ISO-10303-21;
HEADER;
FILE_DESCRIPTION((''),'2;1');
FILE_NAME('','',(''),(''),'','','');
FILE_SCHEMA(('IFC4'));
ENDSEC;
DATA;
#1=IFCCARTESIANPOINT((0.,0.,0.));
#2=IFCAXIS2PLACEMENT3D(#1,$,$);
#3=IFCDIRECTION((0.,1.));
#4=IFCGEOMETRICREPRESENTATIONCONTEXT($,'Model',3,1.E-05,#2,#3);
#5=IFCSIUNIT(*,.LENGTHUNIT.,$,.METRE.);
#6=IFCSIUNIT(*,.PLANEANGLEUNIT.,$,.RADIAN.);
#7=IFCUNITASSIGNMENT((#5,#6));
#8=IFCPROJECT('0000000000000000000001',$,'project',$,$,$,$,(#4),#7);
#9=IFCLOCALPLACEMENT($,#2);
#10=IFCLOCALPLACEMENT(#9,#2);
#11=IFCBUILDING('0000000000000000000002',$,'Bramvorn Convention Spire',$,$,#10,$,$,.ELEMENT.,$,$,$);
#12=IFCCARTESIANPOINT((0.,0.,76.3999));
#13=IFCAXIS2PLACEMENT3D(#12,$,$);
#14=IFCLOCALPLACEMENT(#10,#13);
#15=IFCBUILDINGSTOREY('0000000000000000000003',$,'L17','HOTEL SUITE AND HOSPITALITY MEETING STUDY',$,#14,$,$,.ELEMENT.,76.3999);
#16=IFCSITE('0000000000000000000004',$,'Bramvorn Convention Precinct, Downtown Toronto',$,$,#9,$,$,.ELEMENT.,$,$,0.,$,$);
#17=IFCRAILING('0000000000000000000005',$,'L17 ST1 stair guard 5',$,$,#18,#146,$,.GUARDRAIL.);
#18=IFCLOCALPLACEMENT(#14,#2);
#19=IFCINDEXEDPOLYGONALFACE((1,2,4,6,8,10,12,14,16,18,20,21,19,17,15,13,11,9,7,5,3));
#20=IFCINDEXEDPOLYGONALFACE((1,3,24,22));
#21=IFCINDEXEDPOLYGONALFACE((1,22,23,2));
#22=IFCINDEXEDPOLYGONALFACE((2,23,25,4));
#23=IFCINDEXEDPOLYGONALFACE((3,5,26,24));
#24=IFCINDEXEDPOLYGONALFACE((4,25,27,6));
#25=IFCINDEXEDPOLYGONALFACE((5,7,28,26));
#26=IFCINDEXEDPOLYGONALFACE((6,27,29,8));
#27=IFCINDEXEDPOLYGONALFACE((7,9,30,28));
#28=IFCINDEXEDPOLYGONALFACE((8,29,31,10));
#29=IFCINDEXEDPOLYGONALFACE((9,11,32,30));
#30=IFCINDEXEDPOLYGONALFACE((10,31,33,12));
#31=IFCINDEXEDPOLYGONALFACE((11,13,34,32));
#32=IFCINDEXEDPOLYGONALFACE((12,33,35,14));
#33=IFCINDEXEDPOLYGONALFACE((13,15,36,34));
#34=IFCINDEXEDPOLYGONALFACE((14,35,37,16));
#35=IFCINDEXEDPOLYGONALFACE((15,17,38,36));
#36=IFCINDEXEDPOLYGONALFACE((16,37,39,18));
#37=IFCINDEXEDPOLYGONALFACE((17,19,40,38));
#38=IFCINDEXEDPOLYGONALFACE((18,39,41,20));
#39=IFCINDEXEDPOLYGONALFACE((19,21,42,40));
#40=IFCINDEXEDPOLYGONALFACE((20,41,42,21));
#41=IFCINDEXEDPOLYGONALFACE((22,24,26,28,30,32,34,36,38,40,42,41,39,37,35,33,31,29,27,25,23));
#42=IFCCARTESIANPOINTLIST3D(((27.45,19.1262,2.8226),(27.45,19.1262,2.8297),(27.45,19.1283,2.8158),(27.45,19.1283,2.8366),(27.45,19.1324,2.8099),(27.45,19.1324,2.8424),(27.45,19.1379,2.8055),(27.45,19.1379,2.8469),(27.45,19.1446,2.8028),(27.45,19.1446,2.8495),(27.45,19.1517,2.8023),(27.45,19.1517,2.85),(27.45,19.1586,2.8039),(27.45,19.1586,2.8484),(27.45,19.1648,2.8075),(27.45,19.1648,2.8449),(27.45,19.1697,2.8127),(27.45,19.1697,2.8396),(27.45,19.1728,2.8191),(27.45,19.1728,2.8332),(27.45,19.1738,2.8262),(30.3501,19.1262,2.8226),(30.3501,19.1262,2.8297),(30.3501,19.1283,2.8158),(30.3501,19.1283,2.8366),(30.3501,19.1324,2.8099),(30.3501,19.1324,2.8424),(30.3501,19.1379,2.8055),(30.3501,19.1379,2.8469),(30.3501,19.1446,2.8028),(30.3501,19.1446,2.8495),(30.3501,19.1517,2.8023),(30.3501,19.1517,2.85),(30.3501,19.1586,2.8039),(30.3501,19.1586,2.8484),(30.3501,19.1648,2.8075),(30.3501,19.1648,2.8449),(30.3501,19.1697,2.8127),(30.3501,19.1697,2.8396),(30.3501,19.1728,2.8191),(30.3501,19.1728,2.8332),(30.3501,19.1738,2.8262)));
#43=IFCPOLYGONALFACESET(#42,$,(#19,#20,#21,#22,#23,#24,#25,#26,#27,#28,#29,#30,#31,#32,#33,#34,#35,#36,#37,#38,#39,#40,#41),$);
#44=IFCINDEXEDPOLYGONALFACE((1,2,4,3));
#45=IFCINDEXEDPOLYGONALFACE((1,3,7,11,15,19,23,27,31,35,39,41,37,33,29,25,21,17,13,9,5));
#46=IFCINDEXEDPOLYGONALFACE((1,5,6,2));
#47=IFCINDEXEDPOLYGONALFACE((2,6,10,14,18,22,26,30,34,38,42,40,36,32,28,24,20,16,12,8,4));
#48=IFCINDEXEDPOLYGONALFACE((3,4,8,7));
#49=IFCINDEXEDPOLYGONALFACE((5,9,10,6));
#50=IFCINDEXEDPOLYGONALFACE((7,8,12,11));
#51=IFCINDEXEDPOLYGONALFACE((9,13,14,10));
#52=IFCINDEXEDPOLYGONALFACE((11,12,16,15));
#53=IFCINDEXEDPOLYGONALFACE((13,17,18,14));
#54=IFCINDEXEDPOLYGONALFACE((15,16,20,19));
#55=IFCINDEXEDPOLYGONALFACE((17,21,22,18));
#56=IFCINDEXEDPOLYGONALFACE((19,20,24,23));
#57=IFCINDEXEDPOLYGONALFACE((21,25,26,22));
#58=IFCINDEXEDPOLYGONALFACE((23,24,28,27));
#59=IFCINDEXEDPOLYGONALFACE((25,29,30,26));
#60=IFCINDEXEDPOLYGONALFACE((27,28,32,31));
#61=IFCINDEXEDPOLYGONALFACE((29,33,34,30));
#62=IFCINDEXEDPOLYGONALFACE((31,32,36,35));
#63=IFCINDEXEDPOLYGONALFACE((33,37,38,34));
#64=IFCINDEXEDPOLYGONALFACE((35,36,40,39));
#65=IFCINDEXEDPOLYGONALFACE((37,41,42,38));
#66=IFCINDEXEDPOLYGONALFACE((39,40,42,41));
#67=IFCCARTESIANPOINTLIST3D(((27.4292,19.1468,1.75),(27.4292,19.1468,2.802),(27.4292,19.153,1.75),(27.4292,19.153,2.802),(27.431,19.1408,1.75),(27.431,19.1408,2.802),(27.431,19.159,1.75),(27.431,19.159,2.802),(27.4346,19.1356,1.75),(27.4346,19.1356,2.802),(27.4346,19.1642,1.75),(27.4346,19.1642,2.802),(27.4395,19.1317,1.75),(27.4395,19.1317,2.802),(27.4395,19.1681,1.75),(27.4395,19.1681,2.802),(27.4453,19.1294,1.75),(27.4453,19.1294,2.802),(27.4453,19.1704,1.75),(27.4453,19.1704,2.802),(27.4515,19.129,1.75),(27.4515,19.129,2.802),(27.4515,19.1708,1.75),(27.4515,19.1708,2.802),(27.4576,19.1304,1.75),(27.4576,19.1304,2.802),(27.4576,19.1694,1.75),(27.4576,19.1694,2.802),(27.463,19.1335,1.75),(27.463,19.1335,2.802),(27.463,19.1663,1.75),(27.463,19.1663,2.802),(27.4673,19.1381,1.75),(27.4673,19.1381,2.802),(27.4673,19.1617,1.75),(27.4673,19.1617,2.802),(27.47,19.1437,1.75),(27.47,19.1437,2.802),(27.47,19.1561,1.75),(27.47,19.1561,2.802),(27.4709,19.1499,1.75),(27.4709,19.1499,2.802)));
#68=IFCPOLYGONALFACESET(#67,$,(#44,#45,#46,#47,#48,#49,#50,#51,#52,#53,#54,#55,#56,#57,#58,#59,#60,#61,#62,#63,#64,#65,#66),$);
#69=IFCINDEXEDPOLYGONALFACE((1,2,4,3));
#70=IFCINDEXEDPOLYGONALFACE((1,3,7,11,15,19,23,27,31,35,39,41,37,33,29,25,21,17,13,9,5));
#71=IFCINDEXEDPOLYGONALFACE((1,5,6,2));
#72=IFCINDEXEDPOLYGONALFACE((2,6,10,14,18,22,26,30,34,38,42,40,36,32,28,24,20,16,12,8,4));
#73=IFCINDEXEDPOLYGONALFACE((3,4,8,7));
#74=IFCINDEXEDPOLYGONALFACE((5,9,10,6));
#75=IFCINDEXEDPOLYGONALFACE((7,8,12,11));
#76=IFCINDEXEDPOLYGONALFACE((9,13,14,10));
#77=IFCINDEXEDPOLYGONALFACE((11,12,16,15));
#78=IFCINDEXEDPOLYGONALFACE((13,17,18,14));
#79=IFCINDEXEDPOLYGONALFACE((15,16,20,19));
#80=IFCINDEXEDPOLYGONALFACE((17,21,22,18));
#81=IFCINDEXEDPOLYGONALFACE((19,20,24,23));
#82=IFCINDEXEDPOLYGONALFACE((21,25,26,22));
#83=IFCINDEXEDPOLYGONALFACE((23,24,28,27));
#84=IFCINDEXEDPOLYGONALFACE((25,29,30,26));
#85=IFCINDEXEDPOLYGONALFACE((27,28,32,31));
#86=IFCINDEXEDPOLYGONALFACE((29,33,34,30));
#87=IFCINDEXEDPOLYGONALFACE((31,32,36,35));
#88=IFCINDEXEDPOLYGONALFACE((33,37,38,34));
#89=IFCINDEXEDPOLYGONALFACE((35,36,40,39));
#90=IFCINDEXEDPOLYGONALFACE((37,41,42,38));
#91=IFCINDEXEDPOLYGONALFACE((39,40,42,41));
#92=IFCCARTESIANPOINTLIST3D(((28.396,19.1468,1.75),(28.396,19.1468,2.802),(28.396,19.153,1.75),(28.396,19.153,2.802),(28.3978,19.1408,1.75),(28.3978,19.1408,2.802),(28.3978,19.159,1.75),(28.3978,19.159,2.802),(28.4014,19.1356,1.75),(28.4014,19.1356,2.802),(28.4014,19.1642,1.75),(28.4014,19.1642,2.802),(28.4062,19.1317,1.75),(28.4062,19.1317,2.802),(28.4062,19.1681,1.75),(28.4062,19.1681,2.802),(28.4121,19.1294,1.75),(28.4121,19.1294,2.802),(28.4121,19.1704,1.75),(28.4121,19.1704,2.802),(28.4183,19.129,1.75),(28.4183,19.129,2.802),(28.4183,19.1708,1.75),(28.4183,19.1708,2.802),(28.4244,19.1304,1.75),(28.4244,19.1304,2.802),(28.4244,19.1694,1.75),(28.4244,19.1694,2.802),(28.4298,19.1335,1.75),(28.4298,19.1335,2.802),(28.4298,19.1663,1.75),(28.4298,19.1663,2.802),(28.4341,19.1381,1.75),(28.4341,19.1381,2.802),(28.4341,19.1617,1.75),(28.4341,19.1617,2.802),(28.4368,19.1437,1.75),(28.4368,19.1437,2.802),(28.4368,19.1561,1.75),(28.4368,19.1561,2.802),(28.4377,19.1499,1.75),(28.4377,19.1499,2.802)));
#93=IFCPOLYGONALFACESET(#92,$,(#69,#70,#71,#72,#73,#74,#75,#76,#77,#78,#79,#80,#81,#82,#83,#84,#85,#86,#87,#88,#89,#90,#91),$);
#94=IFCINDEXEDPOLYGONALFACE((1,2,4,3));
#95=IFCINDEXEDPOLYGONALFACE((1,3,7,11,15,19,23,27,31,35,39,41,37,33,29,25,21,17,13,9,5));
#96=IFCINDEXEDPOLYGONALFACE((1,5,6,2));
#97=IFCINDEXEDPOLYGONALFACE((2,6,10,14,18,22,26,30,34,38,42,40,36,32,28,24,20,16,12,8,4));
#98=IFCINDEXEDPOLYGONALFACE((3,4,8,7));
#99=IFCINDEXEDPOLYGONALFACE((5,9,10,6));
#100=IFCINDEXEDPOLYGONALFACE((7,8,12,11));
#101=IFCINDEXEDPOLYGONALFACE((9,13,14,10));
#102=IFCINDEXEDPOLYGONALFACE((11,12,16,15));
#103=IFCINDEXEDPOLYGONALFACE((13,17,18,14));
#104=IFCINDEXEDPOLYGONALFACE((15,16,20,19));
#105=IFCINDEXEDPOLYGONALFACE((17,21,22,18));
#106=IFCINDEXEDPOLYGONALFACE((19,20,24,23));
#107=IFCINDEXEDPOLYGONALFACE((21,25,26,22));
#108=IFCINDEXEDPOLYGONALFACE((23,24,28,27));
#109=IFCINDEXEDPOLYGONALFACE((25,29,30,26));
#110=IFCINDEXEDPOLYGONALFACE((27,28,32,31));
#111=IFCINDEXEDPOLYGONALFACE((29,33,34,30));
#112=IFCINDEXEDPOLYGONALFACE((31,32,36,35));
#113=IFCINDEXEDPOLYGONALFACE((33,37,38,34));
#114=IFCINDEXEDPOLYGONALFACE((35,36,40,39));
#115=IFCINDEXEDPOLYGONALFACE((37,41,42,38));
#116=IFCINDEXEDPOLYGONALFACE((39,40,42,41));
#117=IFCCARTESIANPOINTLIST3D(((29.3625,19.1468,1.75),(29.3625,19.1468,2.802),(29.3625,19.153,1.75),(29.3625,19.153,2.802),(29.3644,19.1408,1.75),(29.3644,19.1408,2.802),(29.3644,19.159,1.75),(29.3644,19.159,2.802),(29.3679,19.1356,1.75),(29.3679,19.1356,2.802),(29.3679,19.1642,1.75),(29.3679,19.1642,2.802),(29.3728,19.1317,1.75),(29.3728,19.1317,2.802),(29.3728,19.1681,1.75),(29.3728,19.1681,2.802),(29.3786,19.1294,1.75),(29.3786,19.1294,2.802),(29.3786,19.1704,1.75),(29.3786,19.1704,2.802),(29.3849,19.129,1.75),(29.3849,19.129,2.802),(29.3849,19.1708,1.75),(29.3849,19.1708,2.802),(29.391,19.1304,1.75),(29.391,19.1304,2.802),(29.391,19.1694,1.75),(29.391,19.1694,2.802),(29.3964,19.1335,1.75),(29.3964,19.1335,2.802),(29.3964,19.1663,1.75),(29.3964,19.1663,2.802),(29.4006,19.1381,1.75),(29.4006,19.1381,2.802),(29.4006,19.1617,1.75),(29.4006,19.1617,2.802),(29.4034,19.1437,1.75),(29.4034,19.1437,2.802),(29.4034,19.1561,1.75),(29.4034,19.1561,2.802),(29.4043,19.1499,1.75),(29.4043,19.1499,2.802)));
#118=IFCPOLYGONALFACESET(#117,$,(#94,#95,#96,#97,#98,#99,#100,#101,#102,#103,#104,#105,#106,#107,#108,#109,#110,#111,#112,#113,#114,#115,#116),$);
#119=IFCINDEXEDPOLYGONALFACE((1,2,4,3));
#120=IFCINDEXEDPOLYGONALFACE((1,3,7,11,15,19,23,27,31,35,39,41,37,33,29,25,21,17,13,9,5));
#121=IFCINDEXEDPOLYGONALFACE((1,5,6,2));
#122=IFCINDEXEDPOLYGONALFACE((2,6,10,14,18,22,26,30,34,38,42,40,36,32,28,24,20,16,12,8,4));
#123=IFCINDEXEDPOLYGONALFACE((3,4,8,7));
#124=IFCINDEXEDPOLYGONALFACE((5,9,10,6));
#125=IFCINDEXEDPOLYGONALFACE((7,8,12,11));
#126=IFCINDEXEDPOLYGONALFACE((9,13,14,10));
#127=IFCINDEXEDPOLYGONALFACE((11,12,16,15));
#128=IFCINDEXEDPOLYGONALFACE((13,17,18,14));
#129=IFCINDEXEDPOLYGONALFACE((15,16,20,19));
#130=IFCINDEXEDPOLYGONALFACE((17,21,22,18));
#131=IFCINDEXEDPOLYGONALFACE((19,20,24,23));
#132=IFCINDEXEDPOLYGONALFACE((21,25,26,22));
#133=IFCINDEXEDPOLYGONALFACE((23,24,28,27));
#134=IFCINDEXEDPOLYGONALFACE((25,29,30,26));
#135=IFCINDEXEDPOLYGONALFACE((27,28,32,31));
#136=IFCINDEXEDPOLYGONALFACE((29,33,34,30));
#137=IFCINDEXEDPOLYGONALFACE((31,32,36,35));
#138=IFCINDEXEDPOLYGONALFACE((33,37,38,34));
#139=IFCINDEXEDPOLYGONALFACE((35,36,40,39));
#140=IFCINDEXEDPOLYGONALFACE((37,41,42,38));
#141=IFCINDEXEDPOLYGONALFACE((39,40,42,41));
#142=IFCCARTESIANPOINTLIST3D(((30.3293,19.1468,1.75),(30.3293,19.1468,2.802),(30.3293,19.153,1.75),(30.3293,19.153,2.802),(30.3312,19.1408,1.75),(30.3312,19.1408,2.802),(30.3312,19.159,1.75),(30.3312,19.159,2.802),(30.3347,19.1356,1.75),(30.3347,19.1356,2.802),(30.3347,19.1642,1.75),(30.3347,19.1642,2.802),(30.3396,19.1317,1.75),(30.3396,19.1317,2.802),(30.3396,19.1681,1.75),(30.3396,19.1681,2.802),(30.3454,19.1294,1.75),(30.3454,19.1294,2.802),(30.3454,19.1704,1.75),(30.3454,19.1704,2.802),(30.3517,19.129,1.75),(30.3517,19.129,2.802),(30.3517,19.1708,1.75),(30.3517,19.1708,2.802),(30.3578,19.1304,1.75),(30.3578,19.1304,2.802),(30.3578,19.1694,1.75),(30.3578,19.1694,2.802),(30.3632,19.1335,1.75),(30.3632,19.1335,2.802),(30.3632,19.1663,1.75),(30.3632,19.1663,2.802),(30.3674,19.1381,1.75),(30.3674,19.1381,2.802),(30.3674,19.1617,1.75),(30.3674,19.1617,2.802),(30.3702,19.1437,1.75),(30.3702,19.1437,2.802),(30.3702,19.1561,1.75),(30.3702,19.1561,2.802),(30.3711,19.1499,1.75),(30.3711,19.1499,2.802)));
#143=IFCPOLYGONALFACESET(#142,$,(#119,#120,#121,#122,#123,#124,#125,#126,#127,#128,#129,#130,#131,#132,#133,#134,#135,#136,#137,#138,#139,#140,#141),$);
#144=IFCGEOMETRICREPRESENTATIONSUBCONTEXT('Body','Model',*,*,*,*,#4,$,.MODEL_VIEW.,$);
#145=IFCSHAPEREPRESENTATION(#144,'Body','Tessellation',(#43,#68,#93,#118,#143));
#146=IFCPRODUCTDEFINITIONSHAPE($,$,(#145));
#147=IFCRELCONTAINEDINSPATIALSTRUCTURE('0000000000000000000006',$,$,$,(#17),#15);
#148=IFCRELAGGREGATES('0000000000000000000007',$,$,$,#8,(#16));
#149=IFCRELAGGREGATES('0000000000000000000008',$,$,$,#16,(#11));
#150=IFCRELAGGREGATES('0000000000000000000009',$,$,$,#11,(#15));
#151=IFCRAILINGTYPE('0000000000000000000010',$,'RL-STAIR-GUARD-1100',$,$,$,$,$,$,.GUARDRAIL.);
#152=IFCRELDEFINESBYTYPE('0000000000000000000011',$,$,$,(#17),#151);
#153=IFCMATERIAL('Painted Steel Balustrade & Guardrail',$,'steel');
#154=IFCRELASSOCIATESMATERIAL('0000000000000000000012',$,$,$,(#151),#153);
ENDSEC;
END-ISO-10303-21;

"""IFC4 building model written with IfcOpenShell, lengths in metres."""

from ifc_helpers import new_model, si_unit, direction, frame, origin, origin_2d, place, context, subcontext, project, spatial, circle, extrude, material, type_object, element, save


model = new_model("IFC4")

# Units and contexts
model_context = context("Model", 3, precision=1e-05, world=origin(), true_north=direction((0.0, 1.0)))
body_context = subcontext(model_context, "Body", "Model", "MODEL_VIEW")
ifc_project = project(units=[si_unit("LENGTHUNIT", "METRE"), si_unit("PLANEANGLEUNIT", "RADIAN")], contexts=[model_context])

# Site, building, storey
site_placement = place(None, origin())
site = spatial("IfcSite", under=ifc_project, at=site_placement, Name="Bramvorn Convention Precinct, Downtown Toronto", CompositionType="ELEMENT", RefElevation=0.0)
building_placement = place(site_placement, origin())
building = spatial("IfcBuilding", under=site, at=building_placement, Name="Bramvorn Convention Spire", CompositionType="ELEMENT")
storey_placement = place(building_placement, frame((0.0, 0.0, 76.3999)))
storey = spatial("IfcBuildingStorey", under=building, at=storey_placement, Name="L17", Description="HOTEL SUITE AND HOSPITALITY MEETING STUDY", CompositionType="ELEMENT", Elevation=76.3999)

# Railing
ifc_material_1 = material(Name="Painted Steel Balustrade & Guardrail", Category="steel")
railing_type = type_object("IfcRailingType", Name="RL-STAIR-GUARD-1100", PredefinedType="GUARDRAIL", material=ifc_material_1)
railing_1_placement = place(storey_placement, frame((27.45, 19.1499, 1.75)))
element("IfcRailing", 1, at=railing_1_placement, inside=storey, type_object=railing_type, Name="L17 ST1 stair guard 5", PredefinedType="GUARDRAIL", context=body_context, shape_type="SweptSolid", body=[
    extrude(circle(Radius=0.0239, at=origin_2d()), frame((0.0, 0.0, 1.0762), z_axis=(1.0, 0.0, 0.0), x_axis=(0.0, 1.0, 0.0)), (0.0, 0.0, 1.0), 2.9001),
    extrude(circle(Radius=0.021, at=origin_2d()), origin(), (0.0, 0.0, 1.0), 1.052),
    extrude(circle(Radius=0.021, at=origin_2d()), frame((0.9668, 0.0, 0.0)), (0.0, 0.0, 1.0), 1.052),
    extrude(circle(Radius=0.021, at=origin_2d()), frame((1.9333, 0.0, 0.0)), (0.0, 0.0, 1.0), 1.052),
    extrude(circle(Radius=0.021, at=origin_2d()), frame((2.9001, 0.0, 0.0)), (0.0, 0.0, 1.0), 1.052),
])

save(model, "model.ifc")
